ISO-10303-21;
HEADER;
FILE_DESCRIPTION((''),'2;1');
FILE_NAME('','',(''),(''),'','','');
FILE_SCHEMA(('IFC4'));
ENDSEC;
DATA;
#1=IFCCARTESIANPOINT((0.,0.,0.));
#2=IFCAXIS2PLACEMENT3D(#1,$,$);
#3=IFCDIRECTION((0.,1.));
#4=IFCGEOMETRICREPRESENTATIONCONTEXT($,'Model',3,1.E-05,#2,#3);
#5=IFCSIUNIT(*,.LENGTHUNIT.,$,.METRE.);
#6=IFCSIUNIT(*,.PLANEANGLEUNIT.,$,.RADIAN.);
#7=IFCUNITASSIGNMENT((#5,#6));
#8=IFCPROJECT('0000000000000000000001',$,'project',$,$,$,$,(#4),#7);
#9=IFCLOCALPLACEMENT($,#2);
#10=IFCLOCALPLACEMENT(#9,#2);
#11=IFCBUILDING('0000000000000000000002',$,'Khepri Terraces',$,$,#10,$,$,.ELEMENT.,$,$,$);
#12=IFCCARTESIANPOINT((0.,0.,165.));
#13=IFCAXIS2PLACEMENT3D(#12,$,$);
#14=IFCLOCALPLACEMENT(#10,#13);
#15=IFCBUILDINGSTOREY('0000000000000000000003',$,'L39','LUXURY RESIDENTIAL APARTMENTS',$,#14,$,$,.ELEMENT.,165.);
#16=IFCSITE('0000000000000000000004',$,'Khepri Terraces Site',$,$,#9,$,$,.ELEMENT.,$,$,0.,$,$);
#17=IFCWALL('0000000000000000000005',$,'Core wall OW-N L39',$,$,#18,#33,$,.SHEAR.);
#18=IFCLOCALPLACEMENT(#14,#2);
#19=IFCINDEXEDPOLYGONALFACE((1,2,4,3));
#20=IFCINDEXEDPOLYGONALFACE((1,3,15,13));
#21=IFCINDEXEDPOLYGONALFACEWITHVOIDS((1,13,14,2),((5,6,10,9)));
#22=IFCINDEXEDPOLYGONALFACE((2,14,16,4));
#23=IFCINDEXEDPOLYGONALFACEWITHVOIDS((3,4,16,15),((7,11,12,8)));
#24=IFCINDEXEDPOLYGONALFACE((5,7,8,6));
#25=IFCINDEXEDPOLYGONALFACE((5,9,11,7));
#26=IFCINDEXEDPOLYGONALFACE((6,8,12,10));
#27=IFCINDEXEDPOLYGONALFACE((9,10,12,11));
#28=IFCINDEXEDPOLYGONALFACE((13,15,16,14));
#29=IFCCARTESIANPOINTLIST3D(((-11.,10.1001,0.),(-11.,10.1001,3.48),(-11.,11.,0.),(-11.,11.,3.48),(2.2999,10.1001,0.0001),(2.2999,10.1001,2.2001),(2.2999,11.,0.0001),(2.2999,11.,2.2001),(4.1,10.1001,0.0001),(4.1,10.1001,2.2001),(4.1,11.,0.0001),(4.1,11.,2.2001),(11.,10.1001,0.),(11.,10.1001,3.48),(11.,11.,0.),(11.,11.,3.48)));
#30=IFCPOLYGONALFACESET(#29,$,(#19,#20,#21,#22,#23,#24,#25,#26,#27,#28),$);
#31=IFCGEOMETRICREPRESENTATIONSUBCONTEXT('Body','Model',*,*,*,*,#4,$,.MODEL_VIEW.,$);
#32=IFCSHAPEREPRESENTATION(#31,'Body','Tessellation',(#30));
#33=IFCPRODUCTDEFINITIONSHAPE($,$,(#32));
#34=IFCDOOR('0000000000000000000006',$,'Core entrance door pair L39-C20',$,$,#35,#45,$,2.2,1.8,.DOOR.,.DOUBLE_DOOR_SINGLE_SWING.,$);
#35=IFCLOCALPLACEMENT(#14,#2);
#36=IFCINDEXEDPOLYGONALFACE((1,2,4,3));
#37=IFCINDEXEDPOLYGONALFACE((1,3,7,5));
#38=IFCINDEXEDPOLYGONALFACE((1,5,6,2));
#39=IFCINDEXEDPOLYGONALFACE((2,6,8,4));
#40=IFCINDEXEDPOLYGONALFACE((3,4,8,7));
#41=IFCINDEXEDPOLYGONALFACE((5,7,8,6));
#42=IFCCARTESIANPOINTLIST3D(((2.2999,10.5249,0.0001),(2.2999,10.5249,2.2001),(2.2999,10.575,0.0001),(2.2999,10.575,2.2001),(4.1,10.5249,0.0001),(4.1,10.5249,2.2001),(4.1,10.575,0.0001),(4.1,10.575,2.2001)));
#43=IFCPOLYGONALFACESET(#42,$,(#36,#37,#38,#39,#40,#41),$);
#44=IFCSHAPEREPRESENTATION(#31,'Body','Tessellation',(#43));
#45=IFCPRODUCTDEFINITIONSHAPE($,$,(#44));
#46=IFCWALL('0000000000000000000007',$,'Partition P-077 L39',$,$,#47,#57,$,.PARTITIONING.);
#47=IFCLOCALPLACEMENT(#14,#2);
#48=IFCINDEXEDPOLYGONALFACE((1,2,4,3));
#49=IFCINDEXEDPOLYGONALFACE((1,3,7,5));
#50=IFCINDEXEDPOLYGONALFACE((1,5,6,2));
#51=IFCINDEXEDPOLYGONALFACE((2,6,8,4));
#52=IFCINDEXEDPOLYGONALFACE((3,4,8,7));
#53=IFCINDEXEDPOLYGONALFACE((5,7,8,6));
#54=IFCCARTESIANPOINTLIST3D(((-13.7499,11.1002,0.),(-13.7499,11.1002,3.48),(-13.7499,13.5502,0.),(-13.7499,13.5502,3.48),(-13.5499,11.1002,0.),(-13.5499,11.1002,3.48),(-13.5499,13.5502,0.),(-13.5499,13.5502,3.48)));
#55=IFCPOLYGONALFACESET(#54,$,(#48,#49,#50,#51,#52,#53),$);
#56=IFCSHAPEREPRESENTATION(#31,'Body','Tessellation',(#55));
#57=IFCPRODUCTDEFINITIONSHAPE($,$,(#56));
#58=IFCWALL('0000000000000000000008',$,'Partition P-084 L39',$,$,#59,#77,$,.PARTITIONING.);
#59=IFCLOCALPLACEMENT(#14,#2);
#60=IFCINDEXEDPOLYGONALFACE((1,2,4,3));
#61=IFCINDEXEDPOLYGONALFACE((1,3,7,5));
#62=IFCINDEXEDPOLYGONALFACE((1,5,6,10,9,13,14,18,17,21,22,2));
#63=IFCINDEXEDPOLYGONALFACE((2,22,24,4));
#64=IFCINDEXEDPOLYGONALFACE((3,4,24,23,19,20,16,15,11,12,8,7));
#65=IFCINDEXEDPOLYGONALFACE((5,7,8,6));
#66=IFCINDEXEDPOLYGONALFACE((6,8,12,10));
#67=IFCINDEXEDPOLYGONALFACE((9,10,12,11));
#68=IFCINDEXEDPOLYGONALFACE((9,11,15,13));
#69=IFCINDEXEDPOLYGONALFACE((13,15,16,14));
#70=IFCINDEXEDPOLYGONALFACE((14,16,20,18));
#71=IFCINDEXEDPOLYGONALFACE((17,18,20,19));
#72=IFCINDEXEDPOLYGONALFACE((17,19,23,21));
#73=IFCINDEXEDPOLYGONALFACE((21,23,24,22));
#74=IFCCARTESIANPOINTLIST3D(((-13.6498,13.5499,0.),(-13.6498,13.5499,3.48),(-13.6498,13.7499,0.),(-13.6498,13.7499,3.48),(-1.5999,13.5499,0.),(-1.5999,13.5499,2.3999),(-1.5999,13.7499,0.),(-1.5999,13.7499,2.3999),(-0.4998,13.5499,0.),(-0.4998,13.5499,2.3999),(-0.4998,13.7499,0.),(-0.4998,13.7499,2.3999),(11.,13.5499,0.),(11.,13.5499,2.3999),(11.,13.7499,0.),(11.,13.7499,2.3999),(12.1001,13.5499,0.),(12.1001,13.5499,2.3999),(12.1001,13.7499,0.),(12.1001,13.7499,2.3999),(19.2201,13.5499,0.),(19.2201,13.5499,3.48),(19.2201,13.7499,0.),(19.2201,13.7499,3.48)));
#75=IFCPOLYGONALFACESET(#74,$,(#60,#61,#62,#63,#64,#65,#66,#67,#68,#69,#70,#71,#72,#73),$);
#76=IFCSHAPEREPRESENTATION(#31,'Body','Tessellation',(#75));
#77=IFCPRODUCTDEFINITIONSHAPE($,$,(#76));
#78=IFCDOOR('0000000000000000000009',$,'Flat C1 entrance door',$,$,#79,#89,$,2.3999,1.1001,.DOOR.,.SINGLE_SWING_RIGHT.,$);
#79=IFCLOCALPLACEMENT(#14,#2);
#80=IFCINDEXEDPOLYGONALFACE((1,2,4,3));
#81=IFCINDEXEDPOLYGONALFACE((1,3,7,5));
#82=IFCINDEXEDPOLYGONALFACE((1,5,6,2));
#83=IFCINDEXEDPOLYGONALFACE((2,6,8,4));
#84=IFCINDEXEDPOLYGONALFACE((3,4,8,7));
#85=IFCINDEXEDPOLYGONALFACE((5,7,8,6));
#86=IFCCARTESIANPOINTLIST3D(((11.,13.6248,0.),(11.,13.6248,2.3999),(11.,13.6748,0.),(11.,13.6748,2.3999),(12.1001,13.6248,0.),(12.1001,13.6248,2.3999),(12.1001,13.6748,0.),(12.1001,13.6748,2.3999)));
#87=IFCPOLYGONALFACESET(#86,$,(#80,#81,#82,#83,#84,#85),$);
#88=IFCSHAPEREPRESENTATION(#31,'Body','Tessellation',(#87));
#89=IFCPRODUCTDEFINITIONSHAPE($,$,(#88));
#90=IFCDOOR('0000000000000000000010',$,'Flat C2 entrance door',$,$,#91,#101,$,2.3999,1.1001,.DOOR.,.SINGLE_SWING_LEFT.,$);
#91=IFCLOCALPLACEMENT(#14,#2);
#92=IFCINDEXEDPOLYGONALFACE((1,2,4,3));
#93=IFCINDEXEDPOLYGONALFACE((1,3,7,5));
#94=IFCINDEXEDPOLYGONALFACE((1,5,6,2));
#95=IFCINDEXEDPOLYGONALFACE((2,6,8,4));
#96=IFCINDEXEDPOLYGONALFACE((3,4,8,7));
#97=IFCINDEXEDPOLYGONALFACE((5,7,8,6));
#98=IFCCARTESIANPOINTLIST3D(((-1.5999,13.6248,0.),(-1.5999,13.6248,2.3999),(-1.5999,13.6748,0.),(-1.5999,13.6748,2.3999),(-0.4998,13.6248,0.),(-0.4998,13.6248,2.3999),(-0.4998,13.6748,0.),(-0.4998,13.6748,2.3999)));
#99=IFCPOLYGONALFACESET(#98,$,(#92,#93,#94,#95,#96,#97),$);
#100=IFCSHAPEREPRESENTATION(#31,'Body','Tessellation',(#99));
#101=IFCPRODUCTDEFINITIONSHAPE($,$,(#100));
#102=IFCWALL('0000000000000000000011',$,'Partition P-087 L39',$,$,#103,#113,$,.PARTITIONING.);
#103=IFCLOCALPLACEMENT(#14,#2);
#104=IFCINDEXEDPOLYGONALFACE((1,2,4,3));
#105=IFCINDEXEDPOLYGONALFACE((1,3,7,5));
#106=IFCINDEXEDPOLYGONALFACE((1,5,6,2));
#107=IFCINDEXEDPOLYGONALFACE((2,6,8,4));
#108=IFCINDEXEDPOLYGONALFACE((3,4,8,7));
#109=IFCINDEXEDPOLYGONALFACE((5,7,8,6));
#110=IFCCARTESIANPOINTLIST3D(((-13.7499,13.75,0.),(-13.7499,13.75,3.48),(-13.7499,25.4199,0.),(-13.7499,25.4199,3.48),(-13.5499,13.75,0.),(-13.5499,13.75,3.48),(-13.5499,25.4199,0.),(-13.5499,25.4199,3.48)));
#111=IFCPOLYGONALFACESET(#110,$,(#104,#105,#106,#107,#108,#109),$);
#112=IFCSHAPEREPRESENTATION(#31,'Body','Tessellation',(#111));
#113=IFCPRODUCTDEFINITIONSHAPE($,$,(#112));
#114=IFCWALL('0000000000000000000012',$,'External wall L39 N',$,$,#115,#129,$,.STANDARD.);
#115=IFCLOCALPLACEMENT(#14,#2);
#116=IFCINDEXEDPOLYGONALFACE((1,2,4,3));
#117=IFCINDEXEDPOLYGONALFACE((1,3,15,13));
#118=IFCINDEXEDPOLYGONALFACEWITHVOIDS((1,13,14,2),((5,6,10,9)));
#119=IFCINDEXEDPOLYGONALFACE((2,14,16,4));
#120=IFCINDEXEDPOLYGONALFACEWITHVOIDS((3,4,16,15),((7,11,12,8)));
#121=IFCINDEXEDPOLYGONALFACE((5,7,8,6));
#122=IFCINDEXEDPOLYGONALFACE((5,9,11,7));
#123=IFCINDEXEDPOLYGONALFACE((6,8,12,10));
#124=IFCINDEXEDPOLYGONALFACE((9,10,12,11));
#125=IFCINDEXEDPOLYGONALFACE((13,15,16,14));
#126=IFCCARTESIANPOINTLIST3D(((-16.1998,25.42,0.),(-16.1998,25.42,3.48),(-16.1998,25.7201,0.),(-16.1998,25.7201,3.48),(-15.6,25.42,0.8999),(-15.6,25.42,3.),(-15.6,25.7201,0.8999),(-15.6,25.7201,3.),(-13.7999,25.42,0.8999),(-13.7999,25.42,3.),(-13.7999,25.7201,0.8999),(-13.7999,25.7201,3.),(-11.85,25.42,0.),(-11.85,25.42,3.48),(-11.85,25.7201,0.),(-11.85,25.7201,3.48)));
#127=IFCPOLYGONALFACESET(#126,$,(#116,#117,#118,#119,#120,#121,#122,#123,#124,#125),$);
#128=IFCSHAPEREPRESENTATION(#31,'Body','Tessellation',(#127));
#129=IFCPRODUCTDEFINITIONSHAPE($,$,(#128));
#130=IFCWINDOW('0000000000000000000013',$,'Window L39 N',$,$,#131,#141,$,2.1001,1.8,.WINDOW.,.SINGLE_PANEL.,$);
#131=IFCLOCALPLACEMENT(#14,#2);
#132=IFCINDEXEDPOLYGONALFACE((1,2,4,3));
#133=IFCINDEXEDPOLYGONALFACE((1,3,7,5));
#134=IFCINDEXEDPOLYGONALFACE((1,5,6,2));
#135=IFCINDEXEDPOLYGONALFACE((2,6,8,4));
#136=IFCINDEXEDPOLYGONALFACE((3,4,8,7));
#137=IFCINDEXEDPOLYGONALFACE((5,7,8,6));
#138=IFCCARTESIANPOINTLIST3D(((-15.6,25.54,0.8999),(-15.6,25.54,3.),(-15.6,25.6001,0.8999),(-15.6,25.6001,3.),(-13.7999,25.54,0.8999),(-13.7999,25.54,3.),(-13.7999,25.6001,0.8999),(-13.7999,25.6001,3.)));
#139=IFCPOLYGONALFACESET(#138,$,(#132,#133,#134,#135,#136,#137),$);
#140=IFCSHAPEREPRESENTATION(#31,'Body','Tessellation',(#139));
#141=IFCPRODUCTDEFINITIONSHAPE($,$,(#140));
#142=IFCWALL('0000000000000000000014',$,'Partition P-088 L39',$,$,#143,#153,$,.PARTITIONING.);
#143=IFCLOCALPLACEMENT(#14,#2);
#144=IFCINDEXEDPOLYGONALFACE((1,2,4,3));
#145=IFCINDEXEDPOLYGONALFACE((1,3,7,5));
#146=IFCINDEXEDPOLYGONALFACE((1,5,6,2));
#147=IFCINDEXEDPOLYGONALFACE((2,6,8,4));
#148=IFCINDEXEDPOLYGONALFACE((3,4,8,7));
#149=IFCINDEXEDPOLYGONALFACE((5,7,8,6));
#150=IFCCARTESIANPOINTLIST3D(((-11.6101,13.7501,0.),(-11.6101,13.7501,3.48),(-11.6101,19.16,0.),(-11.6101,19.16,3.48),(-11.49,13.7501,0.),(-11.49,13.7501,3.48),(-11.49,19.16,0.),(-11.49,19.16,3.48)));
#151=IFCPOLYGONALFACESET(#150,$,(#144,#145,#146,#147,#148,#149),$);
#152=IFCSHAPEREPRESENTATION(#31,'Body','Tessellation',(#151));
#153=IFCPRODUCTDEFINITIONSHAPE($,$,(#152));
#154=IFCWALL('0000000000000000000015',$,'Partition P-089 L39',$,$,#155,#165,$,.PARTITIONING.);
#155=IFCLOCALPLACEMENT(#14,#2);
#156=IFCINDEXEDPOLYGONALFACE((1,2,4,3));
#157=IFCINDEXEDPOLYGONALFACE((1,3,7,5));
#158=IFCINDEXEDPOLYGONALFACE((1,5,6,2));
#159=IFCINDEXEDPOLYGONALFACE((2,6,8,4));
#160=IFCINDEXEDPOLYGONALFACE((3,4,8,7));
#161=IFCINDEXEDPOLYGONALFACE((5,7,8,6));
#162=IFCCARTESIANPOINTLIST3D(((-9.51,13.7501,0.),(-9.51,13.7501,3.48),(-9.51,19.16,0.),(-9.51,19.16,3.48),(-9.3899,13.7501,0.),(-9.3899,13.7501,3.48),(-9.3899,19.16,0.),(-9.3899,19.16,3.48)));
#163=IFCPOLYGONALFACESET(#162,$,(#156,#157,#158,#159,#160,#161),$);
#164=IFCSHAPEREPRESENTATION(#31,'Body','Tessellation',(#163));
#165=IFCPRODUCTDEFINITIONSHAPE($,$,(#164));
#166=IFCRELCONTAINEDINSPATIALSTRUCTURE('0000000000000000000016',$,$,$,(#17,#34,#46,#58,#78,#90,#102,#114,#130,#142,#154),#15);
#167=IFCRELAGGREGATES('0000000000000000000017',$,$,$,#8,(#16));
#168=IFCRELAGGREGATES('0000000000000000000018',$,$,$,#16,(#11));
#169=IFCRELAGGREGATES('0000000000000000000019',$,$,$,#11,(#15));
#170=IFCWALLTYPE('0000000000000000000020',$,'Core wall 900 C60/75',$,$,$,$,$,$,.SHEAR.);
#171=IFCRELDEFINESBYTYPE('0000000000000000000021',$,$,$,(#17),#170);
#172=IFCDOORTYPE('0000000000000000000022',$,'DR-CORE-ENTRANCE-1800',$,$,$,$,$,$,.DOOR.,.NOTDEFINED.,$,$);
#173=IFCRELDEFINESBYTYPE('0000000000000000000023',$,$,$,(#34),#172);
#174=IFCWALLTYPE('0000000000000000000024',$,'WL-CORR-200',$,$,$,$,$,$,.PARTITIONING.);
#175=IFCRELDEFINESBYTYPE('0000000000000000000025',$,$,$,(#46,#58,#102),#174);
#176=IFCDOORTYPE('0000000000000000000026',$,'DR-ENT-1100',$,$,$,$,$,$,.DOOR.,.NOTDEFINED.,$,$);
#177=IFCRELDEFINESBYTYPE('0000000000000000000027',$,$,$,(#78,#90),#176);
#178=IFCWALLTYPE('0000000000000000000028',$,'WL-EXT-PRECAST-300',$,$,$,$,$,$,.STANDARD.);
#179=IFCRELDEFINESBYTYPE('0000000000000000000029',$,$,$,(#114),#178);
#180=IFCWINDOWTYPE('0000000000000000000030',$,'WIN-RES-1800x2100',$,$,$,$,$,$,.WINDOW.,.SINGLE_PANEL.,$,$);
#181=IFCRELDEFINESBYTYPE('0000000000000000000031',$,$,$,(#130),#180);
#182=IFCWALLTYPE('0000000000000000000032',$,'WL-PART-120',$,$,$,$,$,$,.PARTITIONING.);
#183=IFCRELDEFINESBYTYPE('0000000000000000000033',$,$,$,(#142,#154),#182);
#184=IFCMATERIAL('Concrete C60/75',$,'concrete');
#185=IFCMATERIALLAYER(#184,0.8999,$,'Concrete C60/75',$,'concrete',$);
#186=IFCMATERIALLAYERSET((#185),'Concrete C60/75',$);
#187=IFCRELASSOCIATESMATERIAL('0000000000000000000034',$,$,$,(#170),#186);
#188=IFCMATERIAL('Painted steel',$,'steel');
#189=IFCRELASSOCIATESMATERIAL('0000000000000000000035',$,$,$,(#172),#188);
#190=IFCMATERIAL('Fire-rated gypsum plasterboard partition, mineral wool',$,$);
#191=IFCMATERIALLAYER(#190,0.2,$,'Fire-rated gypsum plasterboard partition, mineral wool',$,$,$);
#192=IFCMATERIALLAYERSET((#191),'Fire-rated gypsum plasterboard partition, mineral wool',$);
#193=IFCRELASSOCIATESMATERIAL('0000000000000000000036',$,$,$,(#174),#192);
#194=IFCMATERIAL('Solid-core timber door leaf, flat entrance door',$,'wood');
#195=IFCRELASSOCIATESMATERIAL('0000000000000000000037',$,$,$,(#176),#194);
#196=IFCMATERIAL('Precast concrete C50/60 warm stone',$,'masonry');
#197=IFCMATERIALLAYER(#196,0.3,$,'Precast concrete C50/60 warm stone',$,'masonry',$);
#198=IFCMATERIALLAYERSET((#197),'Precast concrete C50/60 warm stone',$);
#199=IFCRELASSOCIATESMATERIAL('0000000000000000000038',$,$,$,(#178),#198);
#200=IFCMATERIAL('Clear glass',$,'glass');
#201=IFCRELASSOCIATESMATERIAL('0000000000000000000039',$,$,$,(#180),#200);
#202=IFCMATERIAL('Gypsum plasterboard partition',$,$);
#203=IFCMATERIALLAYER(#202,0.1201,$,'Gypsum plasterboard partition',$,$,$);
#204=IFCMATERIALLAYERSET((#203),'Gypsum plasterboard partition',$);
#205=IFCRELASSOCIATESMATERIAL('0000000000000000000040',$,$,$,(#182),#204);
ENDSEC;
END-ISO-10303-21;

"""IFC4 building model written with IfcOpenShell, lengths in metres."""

from ifc_helpers import new_model, si_unit, direction, frame, frame_2d, origin, place, context, subcontext, project, spatial, rectangle, extrude, material, layer, layer_set, type_object, element, fill, save


model = new_model("IFC4")

# Units and contexts
model_context = context("Model", 3, precision=1e-05, world=origin(), true_north=direction((0.0, 1.0)))
body_context = subcontext(model_context, "Body", "Model", "MODEL_VIEW")
ifc_project = project(units=[si_unit("LENGTHUNIT", "METRE"), si_unit("PLANEANGLEUNIT", "RADIAN")], contexts=[model_context])

# Site, building, storey
site_placement = place(None, origin())
site = spatial("IfcSite", under=ifc_project, at=site_placement, Name="Khepri Terraces Site", CompositionType="ELEMENT", RefElevation=0.0)
building_placement = place(site_placement, origin())
building = spatial("IfcBuilding", under=site, at=building_placement, Name="Khepri Terraces", CompositionType="ELEMENT")
storey_placement = place(building_placement, frame((0.0, 0.0, 165.0)))
storey = spatial("IfcBuildingStorey", under=building, at=storey_placement, Name="L39", Description="LUXURY RESIDENTIAL APARTMENTS", CompositionType="ELEMENT", Elevation=165.0)

# Wall, opening, door
ifc_material_1 = material(Name="Concrete C60/75", Category="concrete")
ifc_layer_1 = layer(ifc_material_1, 0.8999, Name="Concrete C60/75", Category="concrete")
ifc_layer_set_1 = layer_set([ifc_layer_1], Name="Concrete C60/75")
wall_type_1 = type_object("IfcWallType", Name="Core wall 900 C60/75", PredefinedType="SHEAR", material=ifc_layer_set_1)
wall_1_placement = place(storey_placement, frame((-11.0, 10.55, 0.0), z_axis=(0.0, 0.0, 1.0), x_axis=(1.0, 0.0, 0.0)))
wall_1 = element("IfcWall", 1, at=wall_1_placement, inside=storey, type_object=wall_type_1, Name="Core wall OW-N L39", PredefinedType="SHEAR", context=body_context, shape_type="SweptSolid", body=[
    extrude(rectangle(XDim=22.0, YDim=0.8999, at=frame_2d((11.0, 0.0))), origin(), (0.0, 0.0, 1.0), 3.48),
])
opening_1_placement = place(wall_1_placement, frame((13.3, 0.0, 0.0)))
opening_1 = element("IfcOpeningElement", 2, at=opening_1_placement, cuts=wall_1, PredefinedType="OPENING", context=body_context, shape_type="SweptSolid", body=[
    extrude(rectangle(XDim=1.8, YDim=2.2, at=frame_2d((0.8999, 1.1001))), frame((0.0, 0.46, 0.0), z_axis=(0.0, -1.0, 0.0), x_axis=(1.0, 0.0, 0.0)), (0.0, 0.0, 1.0), 0.9199),
])
ifc_material_2 = material(Name="Painted steel", Category="steel")
door_type_1 = type_object("IfcDoorType", Name="DR-CORE-ENTRANCE-1800", OperationType="NOTDEFINED", PredefinedType="DOOR", material=ifc_material_2)
door_1_placement = place(opening_1_placement, origin())
door_1 = element("IfcDoor", 3, at=door_1_placement, inside=storey, type_object=door_type_1, Name="Core entrance door pair L39-C20", OperationType="DOUBLE_DOOR_SINGLE_SWING", OverallHeight=2.2, OverallWidth=1.8, PredefinedType="DOOR", context=body_context, shape_type="SweptSolid", body=[
    extrude(rectangle(XDim=1.8, YDim=2.2, at=frame_2d((0.8999, 1.1001))), frame((0.0, 0.0249, 0.0), z_axis=(0.0, -1.0, 0.0), x_axis=(1.0, 0.0, 0.0)), (0.0, 0.0, 1.0), 0.05),
])
fill(opening_1, door_1)
ifc_material_3 = material(Name="Fire-rated gypsum plasterboard partition, mineral wool")
ifc_layer_2 = layer(ifc_material_3, 0.2, Name="Fire-rated gypsum plasterboard partition, mineral wool")
ifc_layer_set_2 = layer_set([ifc_layer_2], Name="Fire-rated gypsum plasterboard partition, mineral wool")
wall_type_2 = type_object("IfcWallType", Name="WL-CORR-200", PredefinedType="PARTITIONING", material=ifc_layer_set_2)
ifc_material_4 = material(Name="Solid-core timber door leaf, flat entrance door", Category="wood")
door_type_2 = type_object("IfcDoorType", Name="DR-ENT-1100", OperationType="NOTDEFINED", PredefinedType="DOOR", material=ifc_material_4)

# Wall
wall_2_placement = place(storey_placement, frame((-13.6499, 11.1001, 0.0), z_axis=(0.0, 0.0, 1.0), x_axis=(0.0, 1.0, 0.0)))
element("IfcWall", 4, at=wall_2_placement, inside=storey, type_object=wall_type_2, Name="Partition P-077 L39", PredefinedType="PARTITIONING", context=body_context, shape_type="SweptSolid", body=[
    extrude(rectangle(XDim=2.45, YDim=0.2, at=frame_2d((1.2251, 0.0))), origin(), (0.0, 0.0, 1.0), 3.48),
])

# Wall, openings, doors
wall_3_placement = place(storey_placement, frame((-13.6499, 13.6499, 0.0), z_axis=(0.0, 0.0, 1.0), x_axis=(1.0, 0.0, 0.0)))
wall_3 = element("IfcWall", 5, at=wall_3_placement, inside=storey, type_object=wall_type_2, Name="Partition P-084 L39", PredefinedType="PARTITIONING", context=body_context, shape_type="SweptSolid", body=[
    extrude(rectangle(XDim=32.8699, YDim=0.2, at=frame_2d((16.4351, 0.0))), origin(), (0.0, 0.0, 1.0), 3.48),
])
opening_2_placement = place(wall_3_placement, frame((24.6499, 0.0, 0.0)))
opening_2 = element("IfcOpeningElement", 6, at=opening_2_placement, cuts=wall_3, PredefinedType="OPENING", context=body_context, shape_type="SweptSolid", body=[
    extrude(rectangle(XDim=1.1001, YDim=2.3999, at=frame_2d((0.55, 1.2))), frame((0.0, 0.1099, 0.0), z_axis=(0.0, -1.0, 0.0), x_axis=(1.0, 0.0, 0.0)), (0.0, 0.0, 1.0), 0.22),
])
opening_3_placement = place(wall_3_placement, frame((12.05, 0.0, 0.0)))
opening_3 = element("IfcOpeningElement", 7, at=opening_3_placement, cuts=wall_3, PredefinedType="OPENING", context=body_context, shape_type="SweptSolid", body=[
    extrude(rectangle(XDim=1.1001, YDim=2.3999, at=frame_2d((0.55, 1.2))), frame((0.0, 0.1099, 0.0), z_axis=(0.0, -1.0, 0.0), x_axis=(1.0, 0.0, 0.0)), (0.0, 0.0, 1.0), 0.22),
])
door_2_placement = place(opening_2_placement, origin())
door_2 = element("IfcDoor", 8, at=door_2_placement, inside=storey, type_object=door_type_2, Name="Flat C1 entrance door", OperationType="SINGLE_SWING_RIGHT", OverallHeight=2.3999, OverallWidth=1.1001, PredefinedType="DOOR", context=body_context, shape_type="SweptSolid", body=[
    extrude(rectangle(XDim=1.1001, YDim=2.3999, at=frame_2d((0.55, 1.2))), frame((0.0, 0.0249, 0.0), z_axis=(0.0, -1.0, 0.0), x_axis=(1.0, 0.0, 0.0)), (0.0, 0.0, 1.0), 0.05),
])
fill(opening_2, door_2)
door_3_placement = place(opening_3_placement, origin())
door_3 = element("IfcDoor", 9, at=door_3_placement, inside=storey, type_object=door_type_2, Name="Flat C2 entrance door", OperationType="SINGLE_SWING_LEFT", OverallHeight=2.3999, OverallWidth=1.1001, PredefinedType="DOOR", context=body_context, shape_type="SweptSolid", body=[
    extrude(rectangle(XDim=1.1001, YDim=2.3999, at=frame_2d((0.55, 1.2))), frame((0.0, 0.0249, 0.0), z_axis=(0.0, -1.0, 0.0), x_axis=(1.0, 0.0, 0.0)), (0.0, 0.0, 1.0), 0.05),
])
fill(opening_3, door_3)

# Wall
wall_4_placement = place(storey_placement, frame((-13.6499, 13.75, 0.0), z_axis=(0.0, 0.0, 1.0), x_axis=(0.0, 1.0, 0.0)))
element("IfcWall", 10, at=wall_4_placement, inside=storey, type_object=wall_type_2, Name="Partition P-087 L39", PredefinedType="PARTITIONING", context=body_context, shape_type="SweptSolid", body=[
    extrude(rectangle(XDim=11.6699, YDim=0.2, at=frame_2d((5.835, 0.0))), origin(), (0.0, 0.0, 1.0), 3.48),
])

# Shared definitions
ifc_material_5 = material(Name="Precast concrete C50/60 warm stone", Category="masonry")
ifc_layer_3 = layer(ifc_material_5, 0.3, Name="Precast concrete C50/60 warm stone", Category="masonry")
ifc_layer_set_3 = layer_set([ifc_layer_3], Name="Precast concrete C50/60 warm stone")
wall_type_3 = type_object("IfcWallType", Name="WL-EXT-PRECAST-300", PredefinedType="STANDARD", material=ifc_layer_set_3)

# Wall, opening, window
wall_5_placement = place(storey_placement, frame((-11.8501, 25.5701, 0.0), z_axis=(0.0, 0.0, 1.0), x_axis=(-1.0, 0.0, 0.0)))
wall_5 = element("IfcWall", 11, at=wall_5_placement, inside=storey, type_object=wall_type_3, Name="External wall L39 N", PredefinedType="STANDARD", context=body_context, shape_type="SweptSolid", body=[
    extrude(rectangle(XDim=4.3499, YDim=0.3, at=frame_2d((2.1748, 0.0))), origin(), (0.0, 0.0, 1.0), 3.48),
])
opening_4_placement = place(wall_5_placement, frame((1.95, 0.0, 0.8999)))
opening_4 = element("IfcOpeningElement", 12, at=opening_4_placement, cuts=wall_5, PredefinedType="OPENING", context=body_context, shape_type="SweptSolid", body=[
    extrude(rectangle(XDim=1.8, YDim=2.1001, at=frame_2d((0.8999, 1.05))), frame((0.0, 0.1602, 0.0), z_axis=(0.0, -1.0, 0.0), x_axis=(1.0, 0.0, 0.0)), (0.0, 0.0, 1.0), 0.3201),
])
ifc_material_6 = material(Name="Clear glass", Category="glass")
window_type = type_object("IfcWindowType", Name="WIN-RES-1800x2100", PartitioningType="SINGLE_PANEL", PredefinedType="WINDOW", material=ifc_material_6)
window_placement = place(opening_4_placement, origin())
window = element("IfcWindow", 13, at=window_placement, inside=storey, type_object=window_type, Name="Window L39 N", OverallHeight=2.1001, OverallWidth=1.8, PartitioningType="SINGLE_PANEL", PredefinedType="WINDOW", context=body_context, shape_type="SweptSolid", body=[
    extrude(rectangle(XDim=1.8, YDim=2.1001, at=frame_2d((0.8999, 1.05))), frame((0.0, 0.03, 0.0), z_axis=(0.0, -1.0, 0.0), x_axis=(1.0, 0.0, 0.0)), (0.0, 0.0, 1.0), 0.0601),
])
fill(opening_4, window)

# Walls
ifc_material_7 = material(Name="Gypsum plasterboard partition")
ifc_layer_4 = layer(ifc_material_7, 0.1201, Name="Gypsum plasterboard partition")
ifc_layer_set_4 = layer_set([ifc_layer_4], Name="Gypsum plasterboard partition")
wall_type_4 = type_object("IfcWallType", Name="WL-PART-120", PredefinedType="PARTITIONING", material=ifc_layer_set_4)
for number, where, z_axis, x_axis, name in (
    (14, (-11.55, 13.75, 0.0), (0.0, 0.0, 1.0), (0.0, 1.0, 0.0), "Partition P-088 L39"),
    (15, (-9.45, 13.75, 0.0), (0.0, 0.0, 1.0), (0.0, 1.0, 0.0), "Partition P-089 L39"),
):
    element("IfcWall", number, at=place(storey_placement, frame(where, z_axis=z_axis, x_axis=x_axis)), inside=storey, type_object=wall_type_4, Name=name, PredefinedType="PARTITIONING", context=body_context, shape_type="SweptSolid", body=[
        extrude(rectangle(XDim=5.4099, YDim=0.1201, at=frame_2d((2.7051, 0.0))), origin(), (0.0, 0.0, 1.0), 3.48),
    ])

save(model, "model.ifc")
